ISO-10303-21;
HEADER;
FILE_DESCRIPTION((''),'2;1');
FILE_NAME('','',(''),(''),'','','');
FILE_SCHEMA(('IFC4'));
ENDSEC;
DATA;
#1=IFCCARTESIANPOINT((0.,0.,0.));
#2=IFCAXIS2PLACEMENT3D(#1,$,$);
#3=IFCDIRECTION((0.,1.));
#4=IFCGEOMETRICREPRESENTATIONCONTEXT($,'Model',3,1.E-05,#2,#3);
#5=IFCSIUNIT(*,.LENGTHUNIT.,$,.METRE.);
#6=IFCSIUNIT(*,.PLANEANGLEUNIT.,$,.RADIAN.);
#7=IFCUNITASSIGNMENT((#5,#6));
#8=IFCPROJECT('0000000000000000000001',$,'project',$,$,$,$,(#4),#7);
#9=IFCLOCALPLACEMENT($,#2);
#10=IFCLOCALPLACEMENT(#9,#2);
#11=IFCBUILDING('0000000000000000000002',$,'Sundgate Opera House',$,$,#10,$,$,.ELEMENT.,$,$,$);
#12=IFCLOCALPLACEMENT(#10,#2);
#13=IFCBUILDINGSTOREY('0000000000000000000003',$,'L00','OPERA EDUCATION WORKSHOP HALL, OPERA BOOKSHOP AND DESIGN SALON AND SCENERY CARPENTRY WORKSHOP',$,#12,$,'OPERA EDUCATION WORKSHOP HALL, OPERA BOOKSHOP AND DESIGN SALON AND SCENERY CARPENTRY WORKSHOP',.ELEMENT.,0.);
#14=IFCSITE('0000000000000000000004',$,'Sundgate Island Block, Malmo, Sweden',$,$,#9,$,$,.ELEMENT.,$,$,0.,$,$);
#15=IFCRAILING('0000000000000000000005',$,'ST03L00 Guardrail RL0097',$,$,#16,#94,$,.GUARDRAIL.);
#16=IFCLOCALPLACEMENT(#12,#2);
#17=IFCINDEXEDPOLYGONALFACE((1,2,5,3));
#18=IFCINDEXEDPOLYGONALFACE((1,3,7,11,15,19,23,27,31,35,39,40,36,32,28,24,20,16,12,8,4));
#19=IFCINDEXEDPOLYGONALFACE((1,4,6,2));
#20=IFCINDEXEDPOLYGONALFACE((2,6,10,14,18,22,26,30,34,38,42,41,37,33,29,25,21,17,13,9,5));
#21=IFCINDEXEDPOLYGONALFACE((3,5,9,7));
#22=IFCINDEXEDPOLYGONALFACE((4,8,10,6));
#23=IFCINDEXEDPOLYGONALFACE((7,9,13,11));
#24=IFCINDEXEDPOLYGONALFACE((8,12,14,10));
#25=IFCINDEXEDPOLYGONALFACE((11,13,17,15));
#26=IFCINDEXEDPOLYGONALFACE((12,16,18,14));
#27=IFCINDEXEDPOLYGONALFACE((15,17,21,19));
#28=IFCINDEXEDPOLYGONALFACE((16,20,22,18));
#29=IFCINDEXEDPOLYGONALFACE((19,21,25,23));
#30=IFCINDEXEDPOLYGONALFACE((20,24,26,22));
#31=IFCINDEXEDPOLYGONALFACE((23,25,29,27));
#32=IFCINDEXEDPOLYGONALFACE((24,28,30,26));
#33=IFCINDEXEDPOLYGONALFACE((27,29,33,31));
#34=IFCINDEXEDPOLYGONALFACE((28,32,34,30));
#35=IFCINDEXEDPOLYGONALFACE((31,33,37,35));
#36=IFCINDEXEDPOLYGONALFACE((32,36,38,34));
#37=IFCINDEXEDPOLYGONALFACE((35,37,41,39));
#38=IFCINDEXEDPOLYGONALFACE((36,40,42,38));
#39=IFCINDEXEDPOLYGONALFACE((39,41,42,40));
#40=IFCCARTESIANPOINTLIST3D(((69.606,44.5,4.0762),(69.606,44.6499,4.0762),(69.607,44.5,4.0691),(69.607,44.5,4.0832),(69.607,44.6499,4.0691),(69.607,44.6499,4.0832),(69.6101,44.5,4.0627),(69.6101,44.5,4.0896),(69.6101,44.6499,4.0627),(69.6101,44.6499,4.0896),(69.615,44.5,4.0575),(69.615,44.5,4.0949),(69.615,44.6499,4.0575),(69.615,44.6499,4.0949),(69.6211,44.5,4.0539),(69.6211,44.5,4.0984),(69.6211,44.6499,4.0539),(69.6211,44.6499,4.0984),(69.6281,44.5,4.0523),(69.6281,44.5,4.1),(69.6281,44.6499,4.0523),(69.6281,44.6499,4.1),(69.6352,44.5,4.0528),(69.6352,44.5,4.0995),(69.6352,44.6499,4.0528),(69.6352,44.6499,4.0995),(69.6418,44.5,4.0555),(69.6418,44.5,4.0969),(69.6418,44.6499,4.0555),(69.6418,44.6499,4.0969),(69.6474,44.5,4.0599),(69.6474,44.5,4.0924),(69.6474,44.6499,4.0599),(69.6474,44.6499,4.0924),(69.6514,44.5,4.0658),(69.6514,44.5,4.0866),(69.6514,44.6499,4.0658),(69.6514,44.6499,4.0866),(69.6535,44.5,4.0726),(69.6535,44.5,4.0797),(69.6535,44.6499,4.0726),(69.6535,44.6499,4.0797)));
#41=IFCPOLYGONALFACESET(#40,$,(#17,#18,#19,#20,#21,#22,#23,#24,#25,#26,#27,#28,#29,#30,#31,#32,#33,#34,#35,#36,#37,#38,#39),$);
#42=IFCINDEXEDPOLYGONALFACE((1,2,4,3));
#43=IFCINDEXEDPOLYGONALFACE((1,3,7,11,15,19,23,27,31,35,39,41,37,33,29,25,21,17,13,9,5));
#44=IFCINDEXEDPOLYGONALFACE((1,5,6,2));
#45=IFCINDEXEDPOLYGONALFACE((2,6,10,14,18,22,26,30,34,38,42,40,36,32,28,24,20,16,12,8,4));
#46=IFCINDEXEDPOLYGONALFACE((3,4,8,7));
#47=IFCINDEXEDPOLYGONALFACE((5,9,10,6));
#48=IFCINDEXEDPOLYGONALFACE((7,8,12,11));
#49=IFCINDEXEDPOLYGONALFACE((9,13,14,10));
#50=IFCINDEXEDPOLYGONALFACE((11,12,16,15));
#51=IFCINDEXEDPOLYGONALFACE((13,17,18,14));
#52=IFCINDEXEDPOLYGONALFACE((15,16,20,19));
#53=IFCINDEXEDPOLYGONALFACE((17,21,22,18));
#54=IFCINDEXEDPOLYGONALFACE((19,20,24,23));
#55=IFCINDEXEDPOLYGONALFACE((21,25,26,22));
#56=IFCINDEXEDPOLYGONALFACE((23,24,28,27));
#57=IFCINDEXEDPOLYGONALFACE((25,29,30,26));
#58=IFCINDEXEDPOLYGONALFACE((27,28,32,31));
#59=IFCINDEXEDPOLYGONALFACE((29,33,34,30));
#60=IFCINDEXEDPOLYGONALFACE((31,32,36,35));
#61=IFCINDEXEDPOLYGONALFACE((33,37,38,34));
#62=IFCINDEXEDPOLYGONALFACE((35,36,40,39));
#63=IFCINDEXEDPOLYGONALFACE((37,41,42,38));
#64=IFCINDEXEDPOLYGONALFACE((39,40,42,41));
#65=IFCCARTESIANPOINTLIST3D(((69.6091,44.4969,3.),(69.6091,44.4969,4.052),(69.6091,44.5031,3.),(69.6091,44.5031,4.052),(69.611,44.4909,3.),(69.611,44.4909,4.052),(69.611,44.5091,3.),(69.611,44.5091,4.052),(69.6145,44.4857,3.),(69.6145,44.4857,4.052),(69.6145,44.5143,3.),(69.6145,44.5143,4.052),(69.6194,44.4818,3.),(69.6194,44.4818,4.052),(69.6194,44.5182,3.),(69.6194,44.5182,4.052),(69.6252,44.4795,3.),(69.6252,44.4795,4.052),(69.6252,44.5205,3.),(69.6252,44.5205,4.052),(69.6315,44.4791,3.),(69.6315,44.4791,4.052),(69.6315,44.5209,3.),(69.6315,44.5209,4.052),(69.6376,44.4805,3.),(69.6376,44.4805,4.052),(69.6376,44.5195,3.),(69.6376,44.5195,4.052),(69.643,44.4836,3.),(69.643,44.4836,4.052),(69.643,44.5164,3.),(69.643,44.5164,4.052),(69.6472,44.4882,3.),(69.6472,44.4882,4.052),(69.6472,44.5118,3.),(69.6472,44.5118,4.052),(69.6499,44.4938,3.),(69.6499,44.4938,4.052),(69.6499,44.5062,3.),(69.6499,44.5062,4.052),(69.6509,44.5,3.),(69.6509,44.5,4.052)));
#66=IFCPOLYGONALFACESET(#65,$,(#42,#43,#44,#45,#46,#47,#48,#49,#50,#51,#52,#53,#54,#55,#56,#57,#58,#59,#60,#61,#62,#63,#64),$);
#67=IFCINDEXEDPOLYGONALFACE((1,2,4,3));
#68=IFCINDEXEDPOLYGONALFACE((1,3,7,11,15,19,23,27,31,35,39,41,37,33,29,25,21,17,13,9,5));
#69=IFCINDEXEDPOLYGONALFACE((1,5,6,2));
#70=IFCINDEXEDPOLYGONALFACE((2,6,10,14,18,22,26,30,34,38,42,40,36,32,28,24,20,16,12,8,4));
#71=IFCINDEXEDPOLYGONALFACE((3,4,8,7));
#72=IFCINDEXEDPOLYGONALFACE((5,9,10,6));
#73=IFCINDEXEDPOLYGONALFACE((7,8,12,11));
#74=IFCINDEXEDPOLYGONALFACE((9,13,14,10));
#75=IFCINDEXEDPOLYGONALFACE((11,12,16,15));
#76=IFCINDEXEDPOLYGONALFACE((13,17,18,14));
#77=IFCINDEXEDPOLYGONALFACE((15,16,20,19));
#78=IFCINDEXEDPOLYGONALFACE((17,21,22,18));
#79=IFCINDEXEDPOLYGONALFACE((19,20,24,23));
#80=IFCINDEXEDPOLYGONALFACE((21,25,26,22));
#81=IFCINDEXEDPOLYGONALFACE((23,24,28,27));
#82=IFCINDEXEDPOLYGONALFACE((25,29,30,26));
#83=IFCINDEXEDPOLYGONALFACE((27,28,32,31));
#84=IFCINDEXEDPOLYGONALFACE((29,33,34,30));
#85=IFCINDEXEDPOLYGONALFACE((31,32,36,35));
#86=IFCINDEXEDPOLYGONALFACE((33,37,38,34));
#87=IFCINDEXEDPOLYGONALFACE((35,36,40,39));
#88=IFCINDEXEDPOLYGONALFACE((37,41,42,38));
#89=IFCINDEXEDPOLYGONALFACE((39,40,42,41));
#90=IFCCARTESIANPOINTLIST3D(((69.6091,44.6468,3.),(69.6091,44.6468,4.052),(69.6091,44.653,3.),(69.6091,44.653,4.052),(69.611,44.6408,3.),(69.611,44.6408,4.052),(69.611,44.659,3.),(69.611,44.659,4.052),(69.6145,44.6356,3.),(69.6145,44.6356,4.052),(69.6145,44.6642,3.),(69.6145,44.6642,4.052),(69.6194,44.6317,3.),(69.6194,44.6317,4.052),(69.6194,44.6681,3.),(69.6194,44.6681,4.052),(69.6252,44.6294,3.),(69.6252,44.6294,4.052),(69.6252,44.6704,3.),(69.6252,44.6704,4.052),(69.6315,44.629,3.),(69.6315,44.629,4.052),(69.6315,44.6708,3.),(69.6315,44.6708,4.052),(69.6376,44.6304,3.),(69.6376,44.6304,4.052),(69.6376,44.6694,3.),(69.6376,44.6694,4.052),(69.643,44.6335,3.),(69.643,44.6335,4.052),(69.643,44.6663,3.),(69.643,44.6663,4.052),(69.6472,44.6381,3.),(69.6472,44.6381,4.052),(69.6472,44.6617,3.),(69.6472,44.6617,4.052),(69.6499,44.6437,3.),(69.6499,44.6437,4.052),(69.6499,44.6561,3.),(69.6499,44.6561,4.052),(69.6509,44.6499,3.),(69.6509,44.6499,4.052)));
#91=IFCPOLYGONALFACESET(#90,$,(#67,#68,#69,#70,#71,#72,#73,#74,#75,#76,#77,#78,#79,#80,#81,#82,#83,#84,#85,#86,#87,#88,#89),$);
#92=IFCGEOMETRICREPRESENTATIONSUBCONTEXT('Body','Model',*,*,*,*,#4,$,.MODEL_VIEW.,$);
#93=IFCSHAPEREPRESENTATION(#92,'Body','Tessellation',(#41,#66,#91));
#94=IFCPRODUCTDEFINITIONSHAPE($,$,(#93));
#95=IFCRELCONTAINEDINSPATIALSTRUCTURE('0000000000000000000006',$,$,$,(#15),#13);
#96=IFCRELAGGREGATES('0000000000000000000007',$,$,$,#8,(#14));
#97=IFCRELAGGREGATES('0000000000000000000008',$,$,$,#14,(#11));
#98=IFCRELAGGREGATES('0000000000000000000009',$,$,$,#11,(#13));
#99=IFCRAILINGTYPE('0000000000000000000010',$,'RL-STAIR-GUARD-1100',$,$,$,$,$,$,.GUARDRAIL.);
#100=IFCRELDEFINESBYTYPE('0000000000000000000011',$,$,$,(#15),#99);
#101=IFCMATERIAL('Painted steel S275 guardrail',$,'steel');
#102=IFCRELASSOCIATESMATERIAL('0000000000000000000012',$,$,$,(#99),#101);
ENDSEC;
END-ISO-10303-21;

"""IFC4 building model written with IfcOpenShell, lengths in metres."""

from ifc_helpers import new_model, si_unit, direction, frame, origin, origin_2d, place, context, subcontext, project, spatial, circle, extrude, material, type_object, element, save


model = new_model("IFC4")

# Units and contexts
model_context = context("Model", 3, precision=1e-05, world=origin(), true_north=direction((0.0, 1.0)))
body_context = subcontext(model_context, "Body", "Model", "MODEL_VIEW")
ifc_project = project(units=[si_unit("LENGTHUNIT", "METRE"), si_unit("PLANEANGLEUNIT", "RADIAN")], contexts=[model_context])

# Site, building, storey
site_placement = place(None, origin())
site = spatial("IfcSite", under=ifc_project, at=site_placement, Name="Sundgate Island Block, Malmo, Sweden", CompositionType="ELEMENT", RefElevation=0.0)
building_placement = place(site_placement, origin())
building = spatial("IfcBuilding", under=site, at=building_placement, Name="Sundgate Opera House", CompositionType="ELEMENT")
storey_placement = place(building_placement, origin())
storey = spatial("IfcBuildingStorey", under=building, at=storey_placement, Name="L00", Description="OPERA EDUCATION WORKSHOP HALL, OPERA BOOKSHOP AND DESIGN SALON AND SCENERY CARPENTRY WORKSHOP", LongName="OPERA EDUCATION WORKSHOP HALL, OPERA BOOKSHOP AND DESIGN SALON AND SCENERY CARPENTRY WORKSHOP", CompositionType="ELEMENT", Elevation=0.0)

# Railing
ifc_material_1 = material(Name="Painted steel S275 guardrail", Category="steel")
railing_type = type_object("IfcRailingType", Name="RL-STAIR-GUARD-1100", PredefinedType="GUARDRAIL", material=ifc_material_1)
railing_1_placement = place(storey_placement, frame((69.6299, 44.5, 3.0)))
element("IfcRailing", 1, at=railing_1_placement, inside=storey, type_object=railing_type, Name="ST03L00 Guardrail RL0097", PredefinedType="GUARDRAIL", context=body_context, shape_type="SweptSolid", body=[
    extrude(circle(Radius=0.0239, at=origin_2d()), frame((0.0, 0.0, 1.0762), z_axis=(0.0, 1.0, 0.0), x_axis=(-1.0, 0.0, 0.0)), (0.0, 0.0, 1.0), 0.1499),
    extrude(circle(Radius=0.021, at=origin_2d()), origin(), (0.0, 0.0, 1.0), 1.052),
    extrude(circle(Radius=0.021, at=origin_2d()), frame((0.0, 0.1499, 0.0)), (0.0, 0.0, 1.0), 1.052),
])

save(model, "model.ifc")
